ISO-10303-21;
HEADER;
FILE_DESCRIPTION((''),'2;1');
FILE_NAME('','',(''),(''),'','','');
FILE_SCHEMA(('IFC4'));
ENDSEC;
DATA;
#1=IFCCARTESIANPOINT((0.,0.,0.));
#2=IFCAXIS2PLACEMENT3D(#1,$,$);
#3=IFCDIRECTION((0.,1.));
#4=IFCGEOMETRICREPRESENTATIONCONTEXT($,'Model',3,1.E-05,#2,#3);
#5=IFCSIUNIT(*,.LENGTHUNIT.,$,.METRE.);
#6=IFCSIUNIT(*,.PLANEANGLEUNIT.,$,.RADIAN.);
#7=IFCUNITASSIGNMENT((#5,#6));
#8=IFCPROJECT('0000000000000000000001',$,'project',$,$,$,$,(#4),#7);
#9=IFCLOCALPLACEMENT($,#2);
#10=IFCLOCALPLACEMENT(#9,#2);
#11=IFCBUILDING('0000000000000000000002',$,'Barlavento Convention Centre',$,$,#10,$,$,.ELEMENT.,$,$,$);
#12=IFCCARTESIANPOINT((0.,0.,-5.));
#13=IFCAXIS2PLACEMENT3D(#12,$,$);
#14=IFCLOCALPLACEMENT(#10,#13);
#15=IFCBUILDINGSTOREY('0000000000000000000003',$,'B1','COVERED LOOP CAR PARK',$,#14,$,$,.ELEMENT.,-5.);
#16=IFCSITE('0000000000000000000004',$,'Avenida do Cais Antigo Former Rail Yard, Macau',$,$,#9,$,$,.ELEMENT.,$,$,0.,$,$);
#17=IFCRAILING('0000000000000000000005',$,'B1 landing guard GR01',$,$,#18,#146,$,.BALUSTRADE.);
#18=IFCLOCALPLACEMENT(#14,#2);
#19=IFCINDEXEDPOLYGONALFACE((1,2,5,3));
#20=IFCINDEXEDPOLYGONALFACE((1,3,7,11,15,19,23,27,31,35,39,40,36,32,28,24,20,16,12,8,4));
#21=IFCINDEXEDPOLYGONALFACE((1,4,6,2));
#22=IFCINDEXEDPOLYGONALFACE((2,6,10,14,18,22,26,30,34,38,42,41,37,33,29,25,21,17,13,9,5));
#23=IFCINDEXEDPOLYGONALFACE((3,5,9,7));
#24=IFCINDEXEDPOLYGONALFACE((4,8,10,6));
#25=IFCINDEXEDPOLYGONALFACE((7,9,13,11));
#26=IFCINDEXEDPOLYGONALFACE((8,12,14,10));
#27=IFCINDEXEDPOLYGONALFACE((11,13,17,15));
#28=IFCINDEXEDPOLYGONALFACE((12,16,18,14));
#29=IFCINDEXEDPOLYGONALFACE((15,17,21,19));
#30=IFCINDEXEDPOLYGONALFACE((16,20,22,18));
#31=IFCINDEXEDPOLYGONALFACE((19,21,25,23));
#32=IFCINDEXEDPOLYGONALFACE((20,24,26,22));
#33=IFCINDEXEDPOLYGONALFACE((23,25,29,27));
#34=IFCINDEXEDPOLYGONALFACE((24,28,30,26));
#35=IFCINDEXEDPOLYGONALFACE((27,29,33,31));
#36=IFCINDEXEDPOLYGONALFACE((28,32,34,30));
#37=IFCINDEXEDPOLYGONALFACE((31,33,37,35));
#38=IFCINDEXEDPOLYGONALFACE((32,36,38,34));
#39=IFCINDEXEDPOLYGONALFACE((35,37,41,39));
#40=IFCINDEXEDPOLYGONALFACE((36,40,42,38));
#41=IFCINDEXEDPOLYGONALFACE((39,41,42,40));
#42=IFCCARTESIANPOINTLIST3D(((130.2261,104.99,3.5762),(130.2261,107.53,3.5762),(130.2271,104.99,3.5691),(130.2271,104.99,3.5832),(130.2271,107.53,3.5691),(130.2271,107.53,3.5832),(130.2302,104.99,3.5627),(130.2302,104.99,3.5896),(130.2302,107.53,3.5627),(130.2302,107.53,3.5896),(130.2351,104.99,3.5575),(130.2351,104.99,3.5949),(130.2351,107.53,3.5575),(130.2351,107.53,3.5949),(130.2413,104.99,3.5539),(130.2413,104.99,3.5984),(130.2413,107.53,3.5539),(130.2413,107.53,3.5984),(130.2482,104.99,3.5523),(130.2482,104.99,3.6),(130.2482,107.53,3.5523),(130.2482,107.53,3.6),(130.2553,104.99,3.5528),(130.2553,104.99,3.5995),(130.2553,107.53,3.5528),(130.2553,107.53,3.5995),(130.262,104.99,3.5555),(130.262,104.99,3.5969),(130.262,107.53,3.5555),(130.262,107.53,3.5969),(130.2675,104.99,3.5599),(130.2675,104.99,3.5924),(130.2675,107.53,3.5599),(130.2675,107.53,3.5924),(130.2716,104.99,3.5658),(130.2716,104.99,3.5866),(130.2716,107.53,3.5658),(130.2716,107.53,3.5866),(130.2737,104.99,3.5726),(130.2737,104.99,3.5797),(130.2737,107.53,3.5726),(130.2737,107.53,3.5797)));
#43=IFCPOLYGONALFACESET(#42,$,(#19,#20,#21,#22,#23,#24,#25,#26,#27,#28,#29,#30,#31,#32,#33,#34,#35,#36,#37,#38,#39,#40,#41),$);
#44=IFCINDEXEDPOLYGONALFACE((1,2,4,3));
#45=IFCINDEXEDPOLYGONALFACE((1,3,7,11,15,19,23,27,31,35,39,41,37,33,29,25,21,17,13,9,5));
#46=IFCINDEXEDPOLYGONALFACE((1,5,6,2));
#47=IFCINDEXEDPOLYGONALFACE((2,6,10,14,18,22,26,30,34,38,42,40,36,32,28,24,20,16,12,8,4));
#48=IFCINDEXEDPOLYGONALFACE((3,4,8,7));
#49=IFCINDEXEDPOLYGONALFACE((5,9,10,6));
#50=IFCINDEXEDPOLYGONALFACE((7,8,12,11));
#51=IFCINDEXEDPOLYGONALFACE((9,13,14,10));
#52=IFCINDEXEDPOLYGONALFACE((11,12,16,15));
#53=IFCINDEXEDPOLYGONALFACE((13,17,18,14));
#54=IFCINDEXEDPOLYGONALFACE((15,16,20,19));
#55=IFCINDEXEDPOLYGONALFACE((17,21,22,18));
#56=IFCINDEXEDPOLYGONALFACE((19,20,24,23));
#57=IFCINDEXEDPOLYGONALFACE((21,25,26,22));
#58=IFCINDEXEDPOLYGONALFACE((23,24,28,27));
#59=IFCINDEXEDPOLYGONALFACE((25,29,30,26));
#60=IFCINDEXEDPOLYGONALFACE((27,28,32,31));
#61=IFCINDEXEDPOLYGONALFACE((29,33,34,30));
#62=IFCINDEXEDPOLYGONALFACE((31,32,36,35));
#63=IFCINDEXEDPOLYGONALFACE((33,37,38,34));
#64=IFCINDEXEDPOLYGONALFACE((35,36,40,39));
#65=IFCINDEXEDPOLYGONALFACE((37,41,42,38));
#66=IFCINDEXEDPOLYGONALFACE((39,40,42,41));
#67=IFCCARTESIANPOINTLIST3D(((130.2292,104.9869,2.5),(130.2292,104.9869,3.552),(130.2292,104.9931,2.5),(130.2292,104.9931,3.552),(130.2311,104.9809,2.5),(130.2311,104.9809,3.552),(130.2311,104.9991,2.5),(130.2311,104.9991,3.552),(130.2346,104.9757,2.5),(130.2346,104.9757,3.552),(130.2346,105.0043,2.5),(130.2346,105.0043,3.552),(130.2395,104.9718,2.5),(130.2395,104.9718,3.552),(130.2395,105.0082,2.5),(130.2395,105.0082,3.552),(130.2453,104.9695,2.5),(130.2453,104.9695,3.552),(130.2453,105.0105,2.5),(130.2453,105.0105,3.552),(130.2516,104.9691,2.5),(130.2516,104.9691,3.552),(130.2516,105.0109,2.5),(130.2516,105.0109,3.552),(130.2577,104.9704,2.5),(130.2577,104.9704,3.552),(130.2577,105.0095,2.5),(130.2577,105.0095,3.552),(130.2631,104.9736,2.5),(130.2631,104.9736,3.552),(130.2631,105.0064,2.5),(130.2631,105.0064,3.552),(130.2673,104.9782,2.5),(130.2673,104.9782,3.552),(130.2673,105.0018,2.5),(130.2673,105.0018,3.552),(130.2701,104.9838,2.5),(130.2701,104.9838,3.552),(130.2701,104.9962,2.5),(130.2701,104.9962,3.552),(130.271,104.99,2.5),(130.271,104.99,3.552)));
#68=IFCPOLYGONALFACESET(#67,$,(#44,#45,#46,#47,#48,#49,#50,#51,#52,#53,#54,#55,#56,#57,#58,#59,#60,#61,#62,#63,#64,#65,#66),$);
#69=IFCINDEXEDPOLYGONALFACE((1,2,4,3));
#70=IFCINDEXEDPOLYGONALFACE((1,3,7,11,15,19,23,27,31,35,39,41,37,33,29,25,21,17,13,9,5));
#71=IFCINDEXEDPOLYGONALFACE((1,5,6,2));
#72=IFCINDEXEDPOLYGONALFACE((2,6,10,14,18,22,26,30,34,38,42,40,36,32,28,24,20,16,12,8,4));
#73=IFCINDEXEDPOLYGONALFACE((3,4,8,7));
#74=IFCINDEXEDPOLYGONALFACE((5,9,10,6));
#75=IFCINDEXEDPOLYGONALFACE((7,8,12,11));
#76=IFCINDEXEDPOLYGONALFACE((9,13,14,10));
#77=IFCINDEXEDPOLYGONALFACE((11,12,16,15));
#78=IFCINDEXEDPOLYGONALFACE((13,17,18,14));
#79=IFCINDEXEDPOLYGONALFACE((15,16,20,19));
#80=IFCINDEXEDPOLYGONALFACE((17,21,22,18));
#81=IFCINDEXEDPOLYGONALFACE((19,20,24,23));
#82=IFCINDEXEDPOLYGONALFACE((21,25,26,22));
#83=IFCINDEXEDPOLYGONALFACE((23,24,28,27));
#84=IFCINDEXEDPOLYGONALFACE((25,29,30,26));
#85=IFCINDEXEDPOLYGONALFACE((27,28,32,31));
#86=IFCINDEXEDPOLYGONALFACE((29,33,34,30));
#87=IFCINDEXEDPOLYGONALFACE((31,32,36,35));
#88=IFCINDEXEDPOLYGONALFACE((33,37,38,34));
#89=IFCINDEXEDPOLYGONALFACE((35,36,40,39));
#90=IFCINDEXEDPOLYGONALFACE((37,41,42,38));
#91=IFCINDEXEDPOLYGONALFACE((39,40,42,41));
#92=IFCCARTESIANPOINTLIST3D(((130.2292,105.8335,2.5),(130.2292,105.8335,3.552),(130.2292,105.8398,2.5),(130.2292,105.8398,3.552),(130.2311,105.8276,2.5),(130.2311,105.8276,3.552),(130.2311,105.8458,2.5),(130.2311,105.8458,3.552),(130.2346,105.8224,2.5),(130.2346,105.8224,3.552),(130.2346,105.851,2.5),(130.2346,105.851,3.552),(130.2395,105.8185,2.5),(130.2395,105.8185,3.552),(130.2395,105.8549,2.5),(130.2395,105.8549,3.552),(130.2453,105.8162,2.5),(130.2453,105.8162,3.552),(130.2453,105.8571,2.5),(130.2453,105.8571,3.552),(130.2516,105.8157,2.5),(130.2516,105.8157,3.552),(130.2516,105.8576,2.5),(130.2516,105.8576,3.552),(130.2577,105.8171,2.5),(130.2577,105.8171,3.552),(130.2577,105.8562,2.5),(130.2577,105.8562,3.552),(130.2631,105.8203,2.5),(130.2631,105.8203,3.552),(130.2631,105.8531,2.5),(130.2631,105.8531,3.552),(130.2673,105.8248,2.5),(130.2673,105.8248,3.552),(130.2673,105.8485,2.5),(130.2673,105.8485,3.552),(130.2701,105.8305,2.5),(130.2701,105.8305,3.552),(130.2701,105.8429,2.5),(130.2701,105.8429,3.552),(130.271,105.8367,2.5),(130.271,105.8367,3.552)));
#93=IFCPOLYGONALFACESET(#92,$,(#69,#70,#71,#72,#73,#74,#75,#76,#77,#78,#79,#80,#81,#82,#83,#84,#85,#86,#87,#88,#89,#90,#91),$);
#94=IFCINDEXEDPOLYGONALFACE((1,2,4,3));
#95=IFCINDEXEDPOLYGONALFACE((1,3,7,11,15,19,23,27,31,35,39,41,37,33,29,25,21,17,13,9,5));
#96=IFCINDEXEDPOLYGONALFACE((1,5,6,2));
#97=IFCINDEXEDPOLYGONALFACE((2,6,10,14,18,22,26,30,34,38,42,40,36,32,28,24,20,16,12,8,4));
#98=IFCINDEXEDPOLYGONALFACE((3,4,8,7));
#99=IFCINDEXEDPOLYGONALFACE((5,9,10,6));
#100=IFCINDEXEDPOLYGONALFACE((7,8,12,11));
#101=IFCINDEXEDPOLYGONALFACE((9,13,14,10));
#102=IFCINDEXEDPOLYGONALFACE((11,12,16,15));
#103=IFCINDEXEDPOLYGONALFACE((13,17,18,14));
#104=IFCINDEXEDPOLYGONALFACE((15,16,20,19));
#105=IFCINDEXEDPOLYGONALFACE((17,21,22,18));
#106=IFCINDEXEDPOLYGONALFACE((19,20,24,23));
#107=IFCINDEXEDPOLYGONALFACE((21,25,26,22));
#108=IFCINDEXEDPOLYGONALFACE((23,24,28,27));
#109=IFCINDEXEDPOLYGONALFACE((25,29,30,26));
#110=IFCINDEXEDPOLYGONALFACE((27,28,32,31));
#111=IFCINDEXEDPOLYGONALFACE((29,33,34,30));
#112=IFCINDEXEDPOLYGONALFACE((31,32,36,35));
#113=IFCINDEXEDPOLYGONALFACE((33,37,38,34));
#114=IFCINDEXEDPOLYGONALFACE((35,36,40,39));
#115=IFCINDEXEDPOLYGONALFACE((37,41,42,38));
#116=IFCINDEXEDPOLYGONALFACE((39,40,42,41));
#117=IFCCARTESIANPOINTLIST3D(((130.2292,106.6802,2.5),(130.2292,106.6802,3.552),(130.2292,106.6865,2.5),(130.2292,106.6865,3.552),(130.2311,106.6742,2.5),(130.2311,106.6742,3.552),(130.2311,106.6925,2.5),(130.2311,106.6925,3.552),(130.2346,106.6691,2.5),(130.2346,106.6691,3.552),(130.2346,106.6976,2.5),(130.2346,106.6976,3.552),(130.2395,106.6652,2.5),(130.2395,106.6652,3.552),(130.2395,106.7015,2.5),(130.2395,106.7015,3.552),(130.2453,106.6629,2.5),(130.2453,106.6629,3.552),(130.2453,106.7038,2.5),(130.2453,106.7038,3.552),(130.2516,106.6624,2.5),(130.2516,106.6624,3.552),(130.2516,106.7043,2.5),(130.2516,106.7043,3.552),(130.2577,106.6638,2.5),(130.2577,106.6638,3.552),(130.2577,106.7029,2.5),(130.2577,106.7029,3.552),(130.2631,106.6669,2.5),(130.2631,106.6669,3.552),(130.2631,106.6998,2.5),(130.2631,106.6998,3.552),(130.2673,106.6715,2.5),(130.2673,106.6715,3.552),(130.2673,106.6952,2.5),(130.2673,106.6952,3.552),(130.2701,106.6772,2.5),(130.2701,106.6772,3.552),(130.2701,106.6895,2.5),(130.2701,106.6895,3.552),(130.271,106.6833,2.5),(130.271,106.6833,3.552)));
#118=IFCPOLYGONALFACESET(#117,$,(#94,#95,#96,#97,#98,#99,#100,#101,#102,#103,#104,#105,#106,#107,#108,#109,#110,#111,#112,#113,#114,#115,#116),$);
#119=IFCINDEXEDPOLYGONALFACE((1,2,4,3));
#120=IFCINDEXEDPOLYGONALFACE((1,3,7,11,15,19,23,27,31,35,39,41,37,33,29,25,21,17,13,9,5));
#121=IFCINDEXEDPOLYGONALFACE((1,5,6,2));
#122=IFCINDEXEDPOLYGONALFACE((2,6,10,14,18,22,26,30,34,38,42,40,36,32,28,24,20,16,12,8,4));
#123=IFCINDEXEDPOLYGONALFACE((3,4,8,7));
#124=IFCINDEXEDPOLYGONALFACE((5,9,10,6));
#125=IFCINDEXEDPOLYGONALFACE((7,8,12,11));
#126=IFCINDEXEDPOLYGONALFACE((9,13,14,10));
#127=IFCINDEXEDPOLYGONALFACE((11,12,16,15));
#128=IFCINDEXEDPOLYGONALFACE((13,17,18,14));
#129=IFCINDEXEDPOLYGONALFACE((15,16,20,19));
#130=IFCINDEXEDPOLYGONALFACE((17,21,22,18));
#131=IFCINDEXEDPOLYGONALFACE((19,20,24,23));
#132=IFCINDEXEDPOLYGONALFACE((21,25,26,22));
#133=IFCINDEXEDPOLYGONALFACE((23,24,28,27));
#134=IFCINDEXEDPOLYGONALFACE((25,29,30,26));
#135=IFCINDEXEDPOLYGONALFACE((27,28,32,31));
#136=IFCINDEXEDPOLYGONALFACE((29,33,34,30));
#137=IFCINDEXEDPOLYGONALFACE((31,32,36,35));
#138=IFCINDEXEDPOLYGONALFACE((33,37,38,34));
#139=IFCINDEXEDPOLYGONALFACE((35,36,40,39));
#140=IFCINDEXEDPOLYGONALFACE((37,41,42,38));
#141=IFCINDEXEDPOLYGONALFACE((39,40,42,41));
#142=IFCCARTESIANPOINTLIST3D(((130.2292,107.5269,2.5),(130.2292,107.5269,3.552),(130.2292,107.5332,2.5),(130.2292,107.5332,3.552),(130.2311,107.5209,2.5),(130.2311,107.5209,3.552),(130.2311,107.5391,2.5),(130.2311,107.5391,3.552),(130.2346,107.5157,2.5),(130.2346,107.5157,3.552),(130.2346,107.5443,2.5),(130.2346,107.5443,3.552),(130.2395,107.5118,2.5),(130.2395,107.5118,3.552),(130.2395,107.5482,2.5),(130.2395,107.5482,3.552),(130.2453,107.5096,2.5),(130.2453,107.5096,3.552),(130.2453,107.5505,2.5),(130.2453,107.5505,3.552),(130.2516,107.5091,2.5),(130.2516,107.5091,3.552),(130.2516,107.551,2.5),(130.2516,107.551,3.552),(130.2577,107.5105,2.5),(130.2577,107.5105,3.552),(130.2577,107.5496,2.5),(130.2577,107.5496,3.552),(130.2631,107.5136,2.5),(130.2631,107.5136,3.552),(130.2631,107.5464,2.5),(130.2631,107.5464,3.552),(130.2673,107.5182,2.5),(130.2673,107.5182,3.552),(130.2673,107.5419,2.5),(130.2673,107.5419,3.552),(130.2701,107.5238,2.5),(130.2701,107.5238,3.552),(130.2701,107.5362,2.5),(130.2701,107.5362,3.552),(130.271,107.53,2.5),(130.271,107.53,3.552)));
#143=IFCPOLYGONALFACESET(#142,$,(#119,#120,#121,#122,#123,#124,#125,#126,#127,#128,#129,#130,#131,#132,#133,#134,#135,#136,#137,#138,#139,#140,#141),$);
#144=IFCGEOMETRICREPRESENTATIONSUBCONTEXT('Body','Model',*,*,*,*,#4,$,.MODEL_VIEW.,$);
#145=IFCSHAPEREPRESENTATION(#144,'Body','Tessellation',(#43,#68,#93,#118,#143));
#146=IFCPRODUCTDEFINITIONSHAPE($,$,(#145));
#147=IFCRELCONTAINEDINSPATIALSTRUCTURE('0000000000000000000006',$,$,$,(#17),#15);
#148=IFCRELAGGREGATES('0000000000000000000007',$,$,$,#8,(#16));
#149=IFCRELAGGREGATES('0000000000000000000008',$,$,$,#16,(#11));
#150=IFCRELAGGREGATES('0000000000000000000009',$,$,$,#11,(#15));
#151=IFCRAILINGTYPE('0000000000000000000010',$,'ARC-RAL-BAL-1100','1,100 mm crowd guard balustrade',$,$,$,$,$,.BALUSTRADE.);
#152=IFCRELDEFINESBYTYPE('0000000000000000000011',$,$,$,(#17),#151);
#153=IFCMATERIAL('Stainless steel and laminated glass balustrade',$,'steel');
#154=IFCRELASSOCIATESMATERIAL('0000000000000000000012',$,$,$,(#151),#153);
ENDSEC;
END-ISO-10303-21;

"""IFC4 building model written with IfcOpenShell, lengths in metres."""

from ifc_helpers import new_model, si_unit, direction, frame, origin, origin_2d, place, context, subcontext, project, spatial, circle, extrude, material, type_object, element, save


model = new_model("IFC4")

# Units and contexts
model_context = context("Model", 3, precision=1e-05, world=origin(), true_north=direction((0.0, 1.0)))
body_context = subcontext(model_context, "Body", "Model", "MODEL_VIEW")
ifc_project = project(units=[si_unit("LENGTHUNIT", "METRE"), si_unit("PLANEANGLEUNIT", "RADIAN")], contexts=[model_context])

# Site, building, storey
site_placement = place(None, origin())
site = spatial("IfcSite", under=ifc_project, at=site_placement, Name="Avenida do Cais Antigo Former Rail Yard, Macau", CompositionType="ELEMENT", RefElevation=0.0)
building_placement = place(site_placement, origin())
building = spatial("IfcBuilding", under=site, at=building_placement, Name="Barlavento Convention Centre", CompositionType="ELEMENT")
storey_placement = place(building_placement, frame((0.0, 0.0, -5.0)))
storey = spatial("IfcBuildingStorey", under=building, at=storey_placement, Name="B1", Description="COVERED LOOP CAR PARK", CompositionType="ELEMENT", Elevation=-5.0)

# Railing
ifc_material_1 = material(Name="Stainless steel and laminated glass balustrade", Category="steel")
railing_type_1 = type_object("IfcRailingType", Name="ARC-RAL-BAL-1100", Description="1,100 mm crowd guard balustrade", PredefinedType="BALUSTRADE", material=ifc_material_1)
railing_1_placement = place(storey_placement, frame((130.25, 104.99, 2.5)))
element("IfcRailing", 1, at=railing_1_placement, inside=storey, type_object=railing_type_1, Name="B1 landing guard GR01", PredefinedType="BALUSTRADE", context=body_context, shape_type="SweptSolid", body=[
    extrude(circle(Radius=0.0239, at=origin_2d()), frame((0.0, 0.0, 1.0762), z_axis=(0.0, 1.0, 0.0), x_axis=(-1.0, 0.0, 0.0)), (0.0, 0.0, 1.0), 2.54),
    extrude(circle(Radius=0.021, at=origin_2d()), origin(), (0.0, 0.0, 1.0), 1.052),
    extrude(circle(Radius=0.021, at=origin_2d()), frame((0.0, 0.8467, 0.0)), (0.0, 0.0, 1.0), 1.052),
    extrude(circle(Radius=0.021, at=origin_2d()), frame((0.0, 1.6934, 0.0)), (0.0, 0.0, 1.0), 1.052),
    extrude(circle(Radius=0.021, at=origin_2d()), frame((0.0, 2.54, 0.0)), (0.0, 0.0, 1.0), 1.052),
])

save(model, "model.ifc")
